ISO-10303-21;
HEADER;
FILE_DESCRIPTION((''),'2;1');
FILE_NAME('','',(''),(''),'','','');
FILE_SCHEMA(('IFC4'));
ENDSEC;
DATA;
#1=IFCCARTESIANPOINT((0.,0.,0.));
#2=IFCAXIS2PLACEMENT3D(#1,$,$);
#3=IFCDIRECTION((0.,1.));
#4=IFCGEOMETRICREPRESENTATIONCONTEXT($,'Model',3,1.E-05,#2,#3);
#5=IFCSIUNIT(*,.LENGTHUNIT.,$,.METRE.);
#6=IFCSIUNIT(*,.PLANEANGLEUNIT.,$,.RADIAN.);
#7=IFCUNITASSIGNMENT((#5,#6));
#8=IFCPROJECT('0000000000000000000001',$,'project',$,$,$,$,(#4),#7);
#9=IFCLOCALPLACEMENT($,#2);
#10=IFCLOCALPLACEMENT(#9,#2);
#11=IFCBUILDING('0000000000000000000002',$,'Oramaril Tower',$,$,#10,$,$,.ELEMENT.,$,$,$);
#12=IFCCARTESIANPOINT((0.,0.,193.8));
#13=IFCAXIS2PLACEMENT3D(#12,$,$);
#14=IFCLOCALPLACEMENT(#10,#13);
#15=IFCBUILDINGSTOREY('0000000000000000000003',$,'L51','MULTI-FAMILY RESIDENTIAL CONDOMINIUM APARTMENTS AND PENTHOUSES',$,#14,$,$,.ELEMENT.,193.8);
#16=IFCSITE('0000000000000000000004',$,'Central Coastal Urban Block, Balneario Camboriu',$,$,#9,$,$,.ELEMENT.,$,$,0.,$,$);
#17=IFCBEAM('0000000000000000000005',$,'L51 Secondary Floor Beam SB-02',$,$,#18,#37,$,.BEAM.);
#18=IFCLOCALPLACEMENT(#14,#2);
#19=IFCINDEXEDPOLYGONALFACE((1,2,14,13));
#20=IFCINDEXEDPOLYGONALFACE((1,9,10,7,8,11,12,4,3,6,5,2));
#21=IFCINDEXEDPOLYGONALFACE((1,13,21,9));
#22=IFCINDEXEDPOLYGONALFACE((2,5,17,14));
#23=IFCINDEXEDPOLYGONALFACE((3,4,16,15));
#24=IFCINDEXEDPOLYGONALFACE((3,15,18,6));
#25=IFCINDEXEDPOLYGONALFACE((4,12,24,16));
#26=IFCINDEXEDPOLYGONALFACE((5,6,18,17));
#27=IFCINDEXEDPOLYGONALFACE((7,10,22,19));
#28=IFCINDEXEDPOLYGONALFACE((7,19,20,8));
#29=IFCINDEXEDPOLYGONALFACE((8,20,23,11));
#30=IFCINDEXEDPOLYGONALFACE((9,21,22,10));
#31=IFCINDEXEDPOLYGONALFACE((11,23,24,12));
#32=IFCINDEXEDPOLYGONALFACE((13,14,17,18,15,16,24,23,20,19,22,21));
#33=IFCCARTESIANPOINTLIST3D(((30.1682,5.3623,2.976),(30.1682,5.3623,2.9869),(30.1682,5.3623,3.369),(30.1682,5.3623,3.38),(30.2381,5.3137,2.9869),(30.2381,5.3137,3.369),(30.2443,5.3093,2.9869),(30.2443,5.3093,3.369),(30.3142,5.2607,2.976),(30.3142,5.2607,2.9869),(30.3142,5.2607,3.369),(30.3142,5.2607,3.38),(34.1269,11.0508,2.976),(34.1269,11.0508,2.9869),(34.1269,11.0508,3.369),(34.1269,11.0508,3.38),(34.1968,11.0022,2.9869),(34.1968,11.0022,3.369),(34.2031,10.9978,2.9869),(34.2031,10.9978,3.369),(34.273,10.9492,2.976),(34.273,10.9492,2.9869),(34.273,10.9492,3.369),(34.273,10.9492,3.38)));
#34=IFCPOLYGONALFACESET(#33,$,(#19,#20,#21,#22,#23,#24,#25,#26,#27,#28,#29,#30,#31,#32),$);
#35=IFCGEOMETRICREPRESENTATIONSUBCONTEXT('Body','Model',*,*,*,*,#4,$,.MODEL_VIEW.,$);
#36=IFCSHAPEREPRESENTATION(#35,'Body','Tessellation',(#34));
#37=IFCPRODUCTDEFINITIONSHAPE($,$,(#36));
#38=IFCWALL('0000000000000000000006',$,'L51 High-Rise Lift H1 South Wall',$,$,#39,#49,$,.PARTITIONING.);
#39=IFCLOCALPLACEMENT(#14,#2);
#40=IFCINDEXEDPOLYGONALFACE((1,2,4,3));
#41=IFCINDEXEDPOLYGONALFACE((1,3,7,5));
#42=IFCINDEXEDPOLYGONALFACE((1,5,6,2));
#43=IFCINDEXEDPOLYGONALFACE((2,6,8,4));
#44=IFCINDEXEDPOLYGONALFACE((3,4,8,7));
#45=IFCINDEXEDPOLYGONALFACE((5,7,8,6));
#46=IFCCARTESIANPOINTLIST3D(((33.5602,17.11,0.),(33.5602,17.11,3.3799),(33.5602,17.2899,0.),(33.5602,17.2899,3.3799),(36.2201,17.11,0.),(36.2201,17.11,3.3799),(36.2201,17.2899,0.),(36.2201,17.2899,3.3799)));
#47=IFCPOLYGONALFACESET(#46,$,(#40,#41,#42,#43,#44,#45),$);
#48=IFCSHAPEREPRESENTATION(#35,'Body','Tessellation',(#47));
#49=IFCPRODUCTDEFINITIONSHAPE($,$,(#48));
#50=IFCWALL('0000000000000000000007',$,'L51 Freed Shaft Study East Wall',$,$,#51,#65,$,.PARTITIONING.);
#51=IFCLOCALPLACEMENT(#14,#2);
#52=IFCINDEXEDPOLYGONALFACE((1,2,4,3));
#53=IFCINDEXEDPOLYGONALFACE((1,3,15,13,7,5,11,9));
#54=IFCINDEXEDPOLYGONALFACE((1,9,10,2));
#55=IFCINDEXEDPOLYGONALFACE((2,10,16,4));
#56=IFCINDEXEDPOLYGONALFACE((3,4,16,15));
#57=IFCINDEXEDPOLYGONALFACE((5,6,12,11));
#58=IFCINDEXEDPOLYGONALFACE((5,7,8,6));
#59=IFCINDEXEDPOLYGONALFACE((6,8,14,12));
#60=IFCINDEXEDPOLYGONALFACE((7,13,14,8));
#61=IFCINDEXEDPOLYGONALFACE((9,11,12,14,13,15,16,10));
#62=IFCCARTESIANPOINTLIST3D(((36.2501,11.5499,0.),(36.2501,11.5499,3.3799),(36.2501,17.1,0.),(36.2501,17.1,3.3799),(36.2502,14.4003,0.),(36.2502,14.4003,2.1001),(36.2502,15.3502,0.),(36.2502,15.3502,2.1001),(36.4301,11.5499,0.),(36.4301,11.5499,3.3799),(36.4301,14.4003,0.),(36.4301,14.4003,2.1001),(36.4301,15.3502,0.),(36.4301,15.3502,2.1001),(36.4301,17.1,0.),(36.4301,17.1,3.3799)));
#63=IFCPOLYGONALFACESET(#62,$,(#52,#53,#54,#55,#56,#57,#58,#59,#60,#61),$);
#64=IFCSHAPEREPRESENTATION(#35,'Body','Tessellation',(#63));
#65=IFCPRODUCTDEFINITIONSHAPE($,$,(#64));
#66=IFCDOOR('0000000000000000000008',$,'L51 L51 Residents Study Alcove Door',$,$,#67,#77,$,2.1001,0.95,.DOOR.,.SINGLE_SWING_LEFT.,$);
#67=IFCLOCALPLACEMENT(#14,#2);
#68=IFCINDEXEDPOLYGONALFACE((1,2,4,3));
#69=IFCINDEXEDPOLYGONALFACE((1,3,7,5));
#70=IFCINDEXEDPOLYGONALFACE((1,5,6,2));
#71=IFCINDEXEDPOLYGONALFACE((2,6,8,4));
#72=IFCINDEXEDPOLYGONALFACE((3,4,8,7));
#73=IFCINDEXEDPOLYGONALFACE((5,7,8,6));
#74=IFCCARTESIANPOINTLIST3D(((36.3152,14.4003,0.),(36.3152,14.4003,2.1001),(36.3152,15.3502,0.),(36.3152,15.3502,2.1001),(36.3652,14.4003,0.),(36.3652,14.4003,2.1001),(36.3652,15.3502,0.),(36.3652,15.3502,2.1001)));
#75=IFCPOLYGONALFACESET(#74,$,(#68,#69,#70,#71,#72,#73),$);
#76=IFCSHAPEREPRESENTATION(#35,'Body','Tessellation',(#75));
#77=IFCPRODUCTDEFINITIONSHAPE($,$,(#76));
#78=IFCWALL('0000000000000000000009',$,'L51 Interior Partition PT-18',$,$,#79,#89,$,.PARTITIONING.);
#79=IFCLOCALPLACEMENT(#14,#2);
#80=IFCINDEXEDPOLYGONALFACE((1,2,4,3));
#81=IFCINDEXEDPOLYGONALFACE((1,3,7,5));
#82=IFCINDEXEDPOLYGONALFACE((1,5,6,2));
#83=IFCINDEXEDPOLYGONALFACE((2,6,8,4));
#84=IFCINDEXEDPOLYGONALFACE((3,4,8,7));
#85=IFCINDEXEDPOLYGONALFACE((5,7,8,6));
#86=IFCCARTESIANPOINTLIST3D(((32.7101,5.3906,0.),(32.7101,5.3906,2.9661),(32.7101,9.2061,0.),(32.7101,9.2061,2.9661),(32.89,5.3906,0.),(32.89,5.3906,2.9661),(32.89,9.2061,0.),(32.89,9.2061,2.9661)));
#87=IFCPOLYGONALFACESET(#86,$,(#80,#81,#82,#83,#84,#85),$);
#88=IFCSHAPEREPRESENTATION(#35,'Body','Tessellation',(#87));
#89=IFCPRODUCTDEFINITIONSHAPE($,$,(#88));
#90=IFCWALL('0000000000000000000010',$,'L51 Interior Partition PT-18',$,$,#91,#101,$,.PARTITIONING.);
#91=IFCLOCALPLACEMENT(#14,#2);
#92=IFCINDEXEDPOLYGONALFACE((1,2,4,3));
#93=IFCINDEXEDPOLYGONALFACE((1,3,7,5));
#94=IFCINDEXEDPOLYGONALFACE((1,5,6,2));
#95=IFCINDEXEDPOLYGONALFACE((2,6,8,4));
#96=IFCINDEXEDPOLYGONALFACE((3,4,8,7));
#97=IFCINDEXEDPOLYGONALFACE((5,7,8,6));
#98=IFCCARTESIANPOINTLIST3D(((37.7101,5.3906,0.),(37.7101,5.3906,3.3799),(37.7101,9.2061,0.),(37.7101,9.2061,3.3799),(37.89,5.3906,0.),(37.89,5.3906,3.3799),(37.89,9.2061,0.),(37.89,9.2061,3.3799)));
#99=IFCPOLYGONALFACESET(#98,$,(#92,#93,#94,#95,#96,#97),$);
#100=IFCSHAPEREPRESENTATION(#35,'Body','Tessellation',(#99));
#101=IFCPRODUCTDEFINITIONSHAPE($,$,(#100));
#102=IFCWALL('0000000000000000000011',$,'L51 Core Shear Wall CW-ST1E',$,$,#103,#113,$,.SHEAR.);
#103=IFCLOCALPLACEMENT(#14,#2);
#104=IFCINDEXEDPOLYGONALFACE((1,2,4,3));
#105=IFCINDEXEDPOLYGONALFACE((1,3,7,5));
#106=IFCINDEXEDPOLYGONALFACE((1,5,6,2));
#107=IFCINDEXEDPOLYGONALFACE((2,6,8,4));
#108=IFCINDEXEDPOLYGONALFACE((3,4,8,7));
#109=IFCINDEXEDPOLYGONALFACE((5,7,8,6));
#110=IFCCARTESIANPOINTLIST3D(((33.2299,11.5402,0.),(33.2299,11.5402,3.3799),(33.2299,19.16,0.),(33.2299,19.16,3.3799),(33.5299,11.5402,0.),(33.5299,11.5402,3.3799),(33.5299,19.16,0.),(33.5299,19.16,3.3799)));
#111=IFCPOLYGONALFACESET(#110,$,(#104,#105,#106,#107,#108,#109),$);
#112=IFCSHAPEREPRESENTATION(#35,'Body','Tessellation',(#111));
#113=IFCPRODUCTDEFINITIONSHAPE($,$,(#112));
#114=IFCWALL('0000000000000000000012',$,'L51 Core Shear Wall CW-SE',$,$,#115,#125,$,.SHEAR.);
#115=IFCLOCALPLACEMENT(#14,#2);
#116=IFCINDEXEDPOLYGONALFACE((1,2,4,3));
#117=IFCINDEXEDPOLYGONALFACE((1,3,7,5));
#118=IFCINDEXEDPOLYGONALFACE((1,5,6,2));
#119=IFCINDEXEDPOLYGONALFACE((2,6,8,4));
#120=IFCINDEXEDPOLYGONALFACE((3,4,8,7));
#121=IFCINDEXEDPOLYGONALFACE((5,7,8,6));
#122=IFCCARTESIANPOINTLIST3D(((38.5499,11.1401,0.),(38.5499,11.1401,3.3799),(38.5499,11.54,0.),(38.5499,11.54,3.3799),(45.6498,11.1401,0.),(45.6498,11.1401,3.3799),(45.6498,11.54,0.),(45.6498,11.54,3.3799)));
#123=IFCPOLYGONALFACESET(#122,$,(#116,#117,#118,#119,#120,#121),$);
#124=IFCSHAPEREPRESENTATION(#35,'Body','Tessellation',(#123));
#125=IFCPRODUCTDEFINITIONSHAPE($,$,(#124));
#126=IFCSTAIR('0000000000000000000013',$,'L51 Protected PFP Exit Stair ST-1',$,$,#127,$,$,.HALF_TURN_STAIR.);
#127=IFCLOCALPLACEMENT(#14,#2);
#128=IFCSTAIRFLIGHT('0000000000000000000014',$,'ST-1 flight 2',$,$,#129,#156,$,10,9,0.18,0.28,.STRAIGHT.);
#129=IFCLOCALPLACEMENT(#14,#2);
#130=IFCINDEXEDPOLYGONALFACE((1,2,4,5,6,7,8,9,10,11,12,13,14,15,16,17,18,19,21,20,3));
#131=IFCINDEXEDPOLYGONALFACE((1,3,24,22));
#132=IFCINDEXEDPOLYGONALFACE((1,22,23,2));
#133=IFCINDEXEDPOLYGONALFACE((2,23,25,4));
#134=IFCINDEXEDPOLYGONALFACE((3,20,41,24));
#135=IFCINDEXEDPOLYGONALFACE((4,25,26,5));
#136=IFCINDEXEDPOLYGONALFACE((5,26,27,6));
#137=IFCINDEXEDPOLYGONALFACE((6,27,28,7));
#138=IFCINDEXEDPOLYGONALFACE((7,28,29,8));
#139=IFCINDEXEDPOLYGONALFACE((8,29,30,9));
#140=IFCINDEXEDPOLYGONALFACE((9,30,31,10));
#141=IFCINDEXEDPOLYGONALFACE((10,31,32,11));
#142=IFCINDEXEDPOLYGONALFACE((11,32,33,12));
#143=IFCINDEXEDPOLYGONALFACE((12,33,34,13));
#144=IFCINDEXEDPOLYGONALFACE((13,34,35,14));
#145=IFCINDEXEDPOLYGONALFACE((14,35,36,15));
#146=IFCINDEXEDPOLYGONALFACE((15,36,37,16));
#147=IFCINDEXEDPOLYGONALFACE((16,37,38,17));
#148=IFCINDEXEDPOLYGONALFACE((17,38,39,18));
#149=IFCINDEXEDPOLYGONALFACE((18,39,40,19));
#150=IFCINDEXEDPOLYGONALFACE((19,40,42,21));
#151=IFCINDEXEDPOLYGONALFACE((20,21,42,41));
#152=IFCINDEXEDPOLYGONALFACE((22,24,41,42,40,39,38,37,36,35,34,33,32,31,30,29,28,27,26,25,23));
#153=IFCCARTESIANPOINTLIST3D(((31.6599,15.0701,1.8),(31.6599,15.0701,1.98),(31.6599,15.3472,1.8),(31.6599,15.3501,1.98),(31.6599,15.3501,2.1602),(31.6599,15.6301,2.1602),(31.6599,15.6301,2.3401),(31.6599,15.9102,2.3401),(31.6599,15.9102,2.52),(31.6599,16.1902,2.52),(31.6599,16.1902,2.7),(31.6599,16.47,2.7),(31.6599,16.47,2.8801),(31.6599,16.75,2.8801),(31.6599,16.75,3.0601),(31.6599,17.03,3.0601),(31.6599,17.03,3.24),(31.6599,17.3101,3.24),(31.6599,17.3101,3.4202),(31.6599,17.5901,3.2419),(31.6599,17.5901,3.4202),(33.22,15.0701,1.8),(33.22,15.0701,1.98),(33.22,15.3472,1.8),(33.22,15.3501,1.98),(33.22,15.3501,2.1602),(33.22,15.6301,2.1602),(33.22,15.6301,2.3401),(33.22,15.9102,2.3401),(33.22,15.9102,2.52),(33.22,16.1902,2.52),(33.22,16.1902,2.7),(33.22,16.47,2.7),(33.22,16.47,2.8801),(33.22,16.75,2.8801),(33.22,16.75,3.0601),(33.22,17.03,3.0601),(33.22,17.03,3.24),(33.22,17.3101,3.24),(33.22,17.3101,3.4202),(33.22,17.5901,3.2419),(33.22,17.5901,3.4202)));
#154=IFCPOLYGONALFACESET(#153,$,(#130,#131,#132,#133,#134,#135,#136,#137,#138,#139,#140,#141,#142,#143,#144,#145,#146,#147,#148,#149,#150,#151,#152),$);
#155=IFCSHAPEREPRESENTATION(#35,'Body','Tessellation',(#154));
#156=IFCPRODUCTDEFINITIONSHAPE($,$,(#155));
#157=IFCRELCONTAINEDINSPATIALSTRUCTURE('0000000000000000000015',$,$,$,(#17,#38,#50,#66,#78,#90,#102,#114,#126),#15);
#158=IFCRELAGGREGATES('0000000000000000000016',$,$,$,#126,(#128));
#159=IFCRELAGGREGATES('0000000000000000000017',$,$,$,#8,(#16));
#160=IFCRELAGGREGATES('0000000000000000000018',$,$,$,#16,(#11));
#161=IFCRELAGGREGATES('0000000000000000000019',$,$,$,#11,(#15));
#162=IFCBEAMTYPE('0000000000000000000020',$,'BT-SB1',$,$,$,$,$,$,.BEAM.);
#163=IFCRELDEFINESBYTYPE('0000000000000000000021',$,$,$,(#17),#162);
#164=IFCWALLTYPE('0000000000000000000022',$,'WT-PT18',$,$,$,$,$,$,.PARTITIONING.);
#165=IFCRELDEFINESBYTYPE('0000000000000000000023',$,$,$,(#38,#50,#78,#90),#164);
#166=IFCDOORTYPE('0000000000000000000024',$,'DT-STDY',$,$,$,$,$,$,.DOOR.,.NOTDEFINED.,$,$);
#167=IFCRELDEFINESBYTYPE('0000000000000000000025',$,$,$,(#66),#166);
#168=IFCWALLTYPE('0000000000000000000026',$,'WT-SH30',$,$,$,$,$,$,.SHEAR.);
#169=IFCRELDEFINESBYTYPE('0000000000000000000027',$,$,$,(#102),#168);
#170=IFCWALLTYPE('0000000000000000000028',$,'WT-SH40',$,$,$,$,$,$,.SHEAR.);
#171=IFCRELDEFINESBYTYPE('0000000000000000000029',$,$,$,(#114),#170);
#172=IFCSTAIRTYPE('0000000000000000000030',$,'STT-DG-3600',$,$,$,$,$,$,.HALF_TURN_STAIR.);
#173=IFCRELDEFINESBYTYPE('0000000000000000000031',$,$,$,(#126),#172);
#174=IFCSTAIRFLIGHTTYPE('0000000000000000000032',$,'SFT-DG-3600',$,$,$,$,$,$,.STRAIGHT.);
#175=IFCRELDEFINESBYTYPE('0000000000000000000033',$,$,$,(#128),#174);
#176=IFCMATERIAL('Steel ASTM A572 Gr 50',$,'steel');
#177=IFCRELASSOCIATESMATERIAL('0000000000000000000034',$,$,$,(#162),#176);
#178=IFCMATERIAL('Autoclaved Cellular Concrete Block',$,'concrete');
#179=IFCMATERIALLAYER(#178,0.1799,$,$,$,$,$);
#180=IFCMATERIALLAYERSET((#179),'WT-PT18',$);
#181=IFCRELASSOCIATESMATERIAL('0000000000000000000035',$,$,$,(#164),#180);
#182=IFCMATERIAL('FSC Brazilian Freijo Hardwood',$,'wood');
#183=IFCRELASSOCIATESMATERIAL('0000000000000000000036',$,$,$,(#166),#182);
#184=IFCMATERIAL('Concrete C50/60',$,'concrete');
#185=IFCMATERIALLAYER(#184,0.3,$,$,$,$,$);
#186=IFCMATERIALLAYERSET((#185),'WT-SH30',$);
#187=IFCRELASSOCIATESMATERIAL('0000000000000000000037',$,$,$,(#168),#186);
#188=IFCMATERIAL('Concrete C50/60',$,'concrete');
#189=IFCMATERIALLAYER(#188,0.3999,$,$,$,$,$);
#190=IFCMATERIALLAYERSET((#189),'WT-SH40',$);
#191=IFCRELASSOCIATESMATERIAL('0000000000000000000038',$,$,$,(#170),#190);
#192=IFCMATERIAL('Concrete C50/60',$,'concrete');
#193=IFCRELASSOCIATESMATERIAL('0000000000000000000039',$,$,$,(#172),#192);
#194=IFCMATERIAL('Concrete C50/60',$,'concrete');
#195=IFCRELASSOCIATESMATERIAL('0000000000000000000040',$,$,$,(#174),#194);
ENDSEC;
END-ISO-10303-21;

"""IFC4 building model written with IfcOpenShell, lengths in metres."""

from ifc_helpers import new_model, si_unit, direction, frame, frame_2d, origin, origin_2d, place, context, subcontext, project, spatial, polyline, rectangle, i_section, outline, extrude, material, layer, layer_set, material_profile, profile_set, type_object, element, fill, aggregate, save


model = new_model("IFC4")

# Units and contexts
model_context = context("Model", 3, precision=1e-05, world=origin(), true_north=direction((0.0, 1.0)))
body_context = subcontext(model_context, "Body", "Model", "MODEL_VIEW")
ifc_project = project(units=[si_unit("LENGTHUNIT", "METRE"), si_unit("PLANEANGLEUNIT", "RADIAN")], contexts=[model_context])

# Site, building, storey
site_placement = place(None, origin())
site = spatial("IfcSite", under=ifc_project, at=site_placement, Name="Central Coastal Urban Block, Balneario Camboriu", CompositionType="ELEMENT", RefElevation=0.0)
building_placement = place(site_placement, origin())
building = spatial("IfcBuilding", under=site, at=building_placement, Name="Oramaril Tower", CompositionType="ELEMENT")
storey_placement = place(building_placement, frame((0.0, 0.0, 193.8)))
storey = spatial("IfcBuildingStorey", under=building, at=storey_placement, Name="L51", Description="MULTI-FAMILY RESIDENTIAL CONDOMINIUM APARTMENTS AND PENTHOUSES", CompositionType="ELEMENT", Elevation=193.8)

# Beam
ifc_material_1 = material(Name="Steel ASTM A572 Gr 50", Category="steel")
ifc_material_profile = material_profile(ifc_material_1, i_section(OverallWidth=0.178, OverallDepth=0.4041, WebThickness=0.0076, FlangeThickness=0.011, at=origin_2d()), Name="W16X36")
ifc_profile_set = profile_set([ifc_material_profile], Name="Steel ASTM A572 Gr 50")
beam_type = type_object("IfcBeamType", Name="BT-SB1", PredefinedType="BEAM", material=ifc_profile_set)
beam_placement = place(storey_placement, frame((34.2, 11.0, 3.178), z_axis=(-0.571214, -0.820801, 0.0), x_axis=(0.820801, -0.571214, 0.0)))
element("IfcBeam", 1, at=beam_placement, inside=storey, type_object=beam_type, Name="L51 Secondary Floor Beam SB-02", PredefinedType="BEAM", context=body_context, shape_type="SweptSolid", body=[
    extrude(i_section(OverallWidth=0.178, OverallDepth=0.4041, WebThickness=0.0076, FlangeThickness=0.011, at=origin_2d()), origin(), (0.0, 0.0, 1.0), 6.9304),
])

# Wall
ifc_material_2 = material(Name="Autoclaved Cellular Concrete Block", Category="concrete")
ifc_layer_1 = layer(ifc_material_2, 0.1799)
ifc_layer_set_1 = layer_set([ifc_layer_1], Name="WT-PT18")
wall_type_1 = type_object("IfcWallType", Name="WT-PT18", PredefinedType="PARTITIONING", material=ifc_layer_set_1)
wall_1_placement = place(storey_placement, frame((33.5601, 17.2, 0.0), z_axis=(0.0, 0.0, 1.0), x_axis=(1.0, 0.0, 0.0)))
element("IfcWall", 2, at=wall_1_placement, inside=storey, type_object=wall_type_1, Name="L51 High-Rise Lift H1 South Wall", PredefinedType="PARTITIONING", context=body_context, shape_type="SweptSolid", body=[
    extrude(rectangle(XDim=2.6599, YDim=0.1799, at=frame_2d((1.3301, 0.0))), origin(), (0.0, 0.0, 1.0), 3.3799),
])

# Wall, opening, door
wall_2_placement = place(storey_placement, frame((36.3401, 11.55, 0.0), z_axis=(0.0, 0.0, 1.0), x_axis=(0.0, 1.0, 0.0)))
wall_2 = element("IfcWall", 3, at=wall_2_placement, inside=storey, type_object=wall_type_1, Name="L51 Freed Shaft Study East Wall", PredefinedType="PARTITIONING", context=body_context, shape_type="SweptSolid", body=[
    extrude(rectangle(XDim=5.55, YDim=0.1799, at=frame_2d((2.7749, 0.0))), origin(), (0.0, 0.0, 1.0), 3.3799),
])
opening_placement = place(wall_2_placement, frame((2.8501, 0.0, 0.0)))
opening = element("IfcOpeningElement", 4, at=opening_placement, cuts=wall_2, PredefinedType="OPENING", context=body_context, shape_type="SweptSolid", body=[
    extrude(rectangle(XDim=0.95, YDim=2.1001, at=frame_2d((0.4751, 1.05))), frame((0.0, 0.0898, 0.0), z_axis=(0.0, -1.0, 0.0), x_axis=(1.0, 0.0, 0.0)), (0.0, 0.0, 1.0), 0.1799),
])
ifc_material_3 = material(Name="FSC Brazilian Freijo Hardwood", Category="wood")
door_type = type_object("IfcDoorType", Name="DT-STDY", OperationType="NOTDEFINED", PredefinedType="DOOR", material=ifc_material_3)
door_placement = place(opening_placement, origin())
door = element("IfcDoor", 5, at=door_placement, inside=storey, type_object=door_type, Name="L51 L51 Residents Study Alcove Door", OperationType="SINGLE_SWING_LEFT", OverallHeight=2.1001, OverallWidth=0.95, PredefinedType="DOOR", context=body_context, shape_type="SweptSolid", body=[
    extrude(rectangle(XDim=0.95, YDim=2.1001, at=frame_2d((0.4751, 1.05))), frame((0.0, 0.0249, 0.0), z_axis=(0.0, -1.0, 0.0), x_axis=(1.0, 0.0, 0.0)), (0.0, 0.0, 1.0), 0.05),
])
fill(opening, door)

# Walls
wall_3_placement = place(storey_placement, frame((32.8, 5.3906, 0.0), z_axis=(0.0, 0.0, 1.0), x_axis=(0.0, 1.0, 0.0)))
element("IfcWall", 6, at=wall_3_placement, inside=storey, type_object=wall_type_1, Name="L51 Interior Partition PT-18", PredefinedType="PARTITIONING", context=body_context, shape_type="SweptSolid", body=[
    extrude(rectangle(XDim=3.8154, YDim=0.1799, at=frame_2d((1.9077, 0.0))), origin(), (0.0, 0.0, 1.0), 2.9661),
])
wall_4_placement = place(storey_placement, frame((37.8, 5.3906, 0.0), z_axis=(0.0, 0.0, 1.0), x_axis=(0.0, 1.0, 0.0)))
element("IfcWall", 7, at=wall_4_placement, inside=storey, type_object=wall_type_1, Name="L51 Interior Partition PT-18", PredefinedType="PARTITIONING", context=body_context, shape_type="SweptSolid", body=[
    extrude(rectangle(XDim=3.8154, YDim=0.1799, at=frame_2d((1.9077, 0.0))), origin(), (0.0, 0.0, 1.0), 3.3799),
])
ifc_material_4 = material(Name="Concrete C50/60", Category="concrete")
ifc_layer_2 = layer(ifc_material_4, 0.3)
ifc_layer_set_2 = layer_set([ifc_layer_2], Name="WT-SH30")
wall_type_2 = type_object("IfcWallType", Name="WT-SH30", PredefinedType="SHEAR", material=ifc_layer_set_2)
wall_5_placement = place(storey_placement, frame((33.3799, 11.54, 0.0), z_axis=(0.0, 0.0, 1.0), x_axis=(0.0, 1.0, 0.0)))
element("IfcWall", 8, at=wall_5_placement, inside=storey, type_object=wall_type_2, Name="L51 Core Shear Wall CW-ST1E", PredefinedType="SHEAR", context=body_context, shape_type="SweptSolid", body=[
    extrude(rectangle(XDim=7.6199, YDim=0.3, at=frame_2d((3.8101, 0.0))), origin(), (0.0, 0.0, 1.0), 3.3799),
])
ifc_material_5 = material(Name="Concrete C50/60", Category="concrete")
ifc_layer_3 = layer(ifc_material_5, 0.3999)
ifc_layer_set_3 = layer_set([ifc_layer_3], Name="WT-SH40")
wall_type_3 = type_object("IfcWallType", Name="WT-SH40", PredefinedType="SHEAR", material=ifc_layer_set_3)
wall_6_placement = place(storey_placement, frame((38.55, 11.3401, 0.0), z_axis=(0.0, 0.0, 1.0), x_axis=(1.0, 0.0, 0.0)))
element("IfcWall", 9, at=wall_6_placement, inside=storey, type_object=wall_type_3, Name="L51 Core Shear Wall CW-SE", PredefinedType="SHEAR", context=body_context, shape_type="SweptSolid", body=[
    extrude(rectangle(XDim=7.0999, YDim=0.3999, at=frame_2d((3.5498, 0.0))), origin(), (0.0, 0.0, 1.0), 3.3799),
])

# Stair, stair flight
ifc_material_6 = material(Name="Concrete C50/60", Category="concrete")
stair_type = type_object("IfcStairType", Name="STT-DG-3600", PredefinedType="HALF_TURN_STAIR", material=ifc_material_6)
stair_placement = place(storey_placement, origin())
stair = element("IfcStair", 10, at=stair_placement, inside=storey, type_object=stair_type, Name="L51 Protected PFP Exit Stair ST-1", PredefinedType="HALF_TURN_STAIR")
ifc_material_7 = material(Name="Concrete C50/60", Category="concrete")
stair_flight_type = type_object("IfcStairFlightType", Name="SFT-DG-3600", PredefinedType="STRAIGHT", material=ifc_material_7)
stair_flight_placement = place(storey_placement, frame((32.4399, 15.0701, 1.8), z_axis=(0.0, 0.0, 1.0), x_axis=(0.0, 1.0, 0.0)))
stair_flight = element("IfcStairFlight", 11, at=stair_flight_placement, type_object=stair_flight_type, Name="ST-1 flight 2", NumberOfRisers=10, NumberOfTreads=9, PredefinedType="STRAIGHT", RiserHeight=0.18, TreadLength=0.28, context=body_context, shape_type="SweptSolid", body=[
    extrude(outline(polyline([(0.0, 0.0), (0.0, 0.1799), (0.28, 0.1799), (0.28, 0.3601), (0.5601, 0.3601), (0.5601, 0.54), (0.8401, 0.54), (0.8401, 0.72), (1.1201, 0.72), (1.1201, 0.8999), (1.3999, 0.8999), (1.3999, 1.0801), (1.6799, 1.0801), (1.6799, 1.26), (1.96, 1.26), (1.96, 1.4399), (2.24, 1.4399), (2.24, 1.6201), (2.52, 1.6201), (2.52, 1.8), (2.52, 1.4419), (0.2771, 0.0), (0.0, 0.0)])), frame((0.0, 0.78, 0.0), z_axis=(0.0, -1.0, 0.0), x_axis=(1.0, 0.0, 0.0)), (0.0, 0.0, 1.0), 1.5601),
])
aggregate(stair, [stair_flight])

save(model, "model.ifc")
